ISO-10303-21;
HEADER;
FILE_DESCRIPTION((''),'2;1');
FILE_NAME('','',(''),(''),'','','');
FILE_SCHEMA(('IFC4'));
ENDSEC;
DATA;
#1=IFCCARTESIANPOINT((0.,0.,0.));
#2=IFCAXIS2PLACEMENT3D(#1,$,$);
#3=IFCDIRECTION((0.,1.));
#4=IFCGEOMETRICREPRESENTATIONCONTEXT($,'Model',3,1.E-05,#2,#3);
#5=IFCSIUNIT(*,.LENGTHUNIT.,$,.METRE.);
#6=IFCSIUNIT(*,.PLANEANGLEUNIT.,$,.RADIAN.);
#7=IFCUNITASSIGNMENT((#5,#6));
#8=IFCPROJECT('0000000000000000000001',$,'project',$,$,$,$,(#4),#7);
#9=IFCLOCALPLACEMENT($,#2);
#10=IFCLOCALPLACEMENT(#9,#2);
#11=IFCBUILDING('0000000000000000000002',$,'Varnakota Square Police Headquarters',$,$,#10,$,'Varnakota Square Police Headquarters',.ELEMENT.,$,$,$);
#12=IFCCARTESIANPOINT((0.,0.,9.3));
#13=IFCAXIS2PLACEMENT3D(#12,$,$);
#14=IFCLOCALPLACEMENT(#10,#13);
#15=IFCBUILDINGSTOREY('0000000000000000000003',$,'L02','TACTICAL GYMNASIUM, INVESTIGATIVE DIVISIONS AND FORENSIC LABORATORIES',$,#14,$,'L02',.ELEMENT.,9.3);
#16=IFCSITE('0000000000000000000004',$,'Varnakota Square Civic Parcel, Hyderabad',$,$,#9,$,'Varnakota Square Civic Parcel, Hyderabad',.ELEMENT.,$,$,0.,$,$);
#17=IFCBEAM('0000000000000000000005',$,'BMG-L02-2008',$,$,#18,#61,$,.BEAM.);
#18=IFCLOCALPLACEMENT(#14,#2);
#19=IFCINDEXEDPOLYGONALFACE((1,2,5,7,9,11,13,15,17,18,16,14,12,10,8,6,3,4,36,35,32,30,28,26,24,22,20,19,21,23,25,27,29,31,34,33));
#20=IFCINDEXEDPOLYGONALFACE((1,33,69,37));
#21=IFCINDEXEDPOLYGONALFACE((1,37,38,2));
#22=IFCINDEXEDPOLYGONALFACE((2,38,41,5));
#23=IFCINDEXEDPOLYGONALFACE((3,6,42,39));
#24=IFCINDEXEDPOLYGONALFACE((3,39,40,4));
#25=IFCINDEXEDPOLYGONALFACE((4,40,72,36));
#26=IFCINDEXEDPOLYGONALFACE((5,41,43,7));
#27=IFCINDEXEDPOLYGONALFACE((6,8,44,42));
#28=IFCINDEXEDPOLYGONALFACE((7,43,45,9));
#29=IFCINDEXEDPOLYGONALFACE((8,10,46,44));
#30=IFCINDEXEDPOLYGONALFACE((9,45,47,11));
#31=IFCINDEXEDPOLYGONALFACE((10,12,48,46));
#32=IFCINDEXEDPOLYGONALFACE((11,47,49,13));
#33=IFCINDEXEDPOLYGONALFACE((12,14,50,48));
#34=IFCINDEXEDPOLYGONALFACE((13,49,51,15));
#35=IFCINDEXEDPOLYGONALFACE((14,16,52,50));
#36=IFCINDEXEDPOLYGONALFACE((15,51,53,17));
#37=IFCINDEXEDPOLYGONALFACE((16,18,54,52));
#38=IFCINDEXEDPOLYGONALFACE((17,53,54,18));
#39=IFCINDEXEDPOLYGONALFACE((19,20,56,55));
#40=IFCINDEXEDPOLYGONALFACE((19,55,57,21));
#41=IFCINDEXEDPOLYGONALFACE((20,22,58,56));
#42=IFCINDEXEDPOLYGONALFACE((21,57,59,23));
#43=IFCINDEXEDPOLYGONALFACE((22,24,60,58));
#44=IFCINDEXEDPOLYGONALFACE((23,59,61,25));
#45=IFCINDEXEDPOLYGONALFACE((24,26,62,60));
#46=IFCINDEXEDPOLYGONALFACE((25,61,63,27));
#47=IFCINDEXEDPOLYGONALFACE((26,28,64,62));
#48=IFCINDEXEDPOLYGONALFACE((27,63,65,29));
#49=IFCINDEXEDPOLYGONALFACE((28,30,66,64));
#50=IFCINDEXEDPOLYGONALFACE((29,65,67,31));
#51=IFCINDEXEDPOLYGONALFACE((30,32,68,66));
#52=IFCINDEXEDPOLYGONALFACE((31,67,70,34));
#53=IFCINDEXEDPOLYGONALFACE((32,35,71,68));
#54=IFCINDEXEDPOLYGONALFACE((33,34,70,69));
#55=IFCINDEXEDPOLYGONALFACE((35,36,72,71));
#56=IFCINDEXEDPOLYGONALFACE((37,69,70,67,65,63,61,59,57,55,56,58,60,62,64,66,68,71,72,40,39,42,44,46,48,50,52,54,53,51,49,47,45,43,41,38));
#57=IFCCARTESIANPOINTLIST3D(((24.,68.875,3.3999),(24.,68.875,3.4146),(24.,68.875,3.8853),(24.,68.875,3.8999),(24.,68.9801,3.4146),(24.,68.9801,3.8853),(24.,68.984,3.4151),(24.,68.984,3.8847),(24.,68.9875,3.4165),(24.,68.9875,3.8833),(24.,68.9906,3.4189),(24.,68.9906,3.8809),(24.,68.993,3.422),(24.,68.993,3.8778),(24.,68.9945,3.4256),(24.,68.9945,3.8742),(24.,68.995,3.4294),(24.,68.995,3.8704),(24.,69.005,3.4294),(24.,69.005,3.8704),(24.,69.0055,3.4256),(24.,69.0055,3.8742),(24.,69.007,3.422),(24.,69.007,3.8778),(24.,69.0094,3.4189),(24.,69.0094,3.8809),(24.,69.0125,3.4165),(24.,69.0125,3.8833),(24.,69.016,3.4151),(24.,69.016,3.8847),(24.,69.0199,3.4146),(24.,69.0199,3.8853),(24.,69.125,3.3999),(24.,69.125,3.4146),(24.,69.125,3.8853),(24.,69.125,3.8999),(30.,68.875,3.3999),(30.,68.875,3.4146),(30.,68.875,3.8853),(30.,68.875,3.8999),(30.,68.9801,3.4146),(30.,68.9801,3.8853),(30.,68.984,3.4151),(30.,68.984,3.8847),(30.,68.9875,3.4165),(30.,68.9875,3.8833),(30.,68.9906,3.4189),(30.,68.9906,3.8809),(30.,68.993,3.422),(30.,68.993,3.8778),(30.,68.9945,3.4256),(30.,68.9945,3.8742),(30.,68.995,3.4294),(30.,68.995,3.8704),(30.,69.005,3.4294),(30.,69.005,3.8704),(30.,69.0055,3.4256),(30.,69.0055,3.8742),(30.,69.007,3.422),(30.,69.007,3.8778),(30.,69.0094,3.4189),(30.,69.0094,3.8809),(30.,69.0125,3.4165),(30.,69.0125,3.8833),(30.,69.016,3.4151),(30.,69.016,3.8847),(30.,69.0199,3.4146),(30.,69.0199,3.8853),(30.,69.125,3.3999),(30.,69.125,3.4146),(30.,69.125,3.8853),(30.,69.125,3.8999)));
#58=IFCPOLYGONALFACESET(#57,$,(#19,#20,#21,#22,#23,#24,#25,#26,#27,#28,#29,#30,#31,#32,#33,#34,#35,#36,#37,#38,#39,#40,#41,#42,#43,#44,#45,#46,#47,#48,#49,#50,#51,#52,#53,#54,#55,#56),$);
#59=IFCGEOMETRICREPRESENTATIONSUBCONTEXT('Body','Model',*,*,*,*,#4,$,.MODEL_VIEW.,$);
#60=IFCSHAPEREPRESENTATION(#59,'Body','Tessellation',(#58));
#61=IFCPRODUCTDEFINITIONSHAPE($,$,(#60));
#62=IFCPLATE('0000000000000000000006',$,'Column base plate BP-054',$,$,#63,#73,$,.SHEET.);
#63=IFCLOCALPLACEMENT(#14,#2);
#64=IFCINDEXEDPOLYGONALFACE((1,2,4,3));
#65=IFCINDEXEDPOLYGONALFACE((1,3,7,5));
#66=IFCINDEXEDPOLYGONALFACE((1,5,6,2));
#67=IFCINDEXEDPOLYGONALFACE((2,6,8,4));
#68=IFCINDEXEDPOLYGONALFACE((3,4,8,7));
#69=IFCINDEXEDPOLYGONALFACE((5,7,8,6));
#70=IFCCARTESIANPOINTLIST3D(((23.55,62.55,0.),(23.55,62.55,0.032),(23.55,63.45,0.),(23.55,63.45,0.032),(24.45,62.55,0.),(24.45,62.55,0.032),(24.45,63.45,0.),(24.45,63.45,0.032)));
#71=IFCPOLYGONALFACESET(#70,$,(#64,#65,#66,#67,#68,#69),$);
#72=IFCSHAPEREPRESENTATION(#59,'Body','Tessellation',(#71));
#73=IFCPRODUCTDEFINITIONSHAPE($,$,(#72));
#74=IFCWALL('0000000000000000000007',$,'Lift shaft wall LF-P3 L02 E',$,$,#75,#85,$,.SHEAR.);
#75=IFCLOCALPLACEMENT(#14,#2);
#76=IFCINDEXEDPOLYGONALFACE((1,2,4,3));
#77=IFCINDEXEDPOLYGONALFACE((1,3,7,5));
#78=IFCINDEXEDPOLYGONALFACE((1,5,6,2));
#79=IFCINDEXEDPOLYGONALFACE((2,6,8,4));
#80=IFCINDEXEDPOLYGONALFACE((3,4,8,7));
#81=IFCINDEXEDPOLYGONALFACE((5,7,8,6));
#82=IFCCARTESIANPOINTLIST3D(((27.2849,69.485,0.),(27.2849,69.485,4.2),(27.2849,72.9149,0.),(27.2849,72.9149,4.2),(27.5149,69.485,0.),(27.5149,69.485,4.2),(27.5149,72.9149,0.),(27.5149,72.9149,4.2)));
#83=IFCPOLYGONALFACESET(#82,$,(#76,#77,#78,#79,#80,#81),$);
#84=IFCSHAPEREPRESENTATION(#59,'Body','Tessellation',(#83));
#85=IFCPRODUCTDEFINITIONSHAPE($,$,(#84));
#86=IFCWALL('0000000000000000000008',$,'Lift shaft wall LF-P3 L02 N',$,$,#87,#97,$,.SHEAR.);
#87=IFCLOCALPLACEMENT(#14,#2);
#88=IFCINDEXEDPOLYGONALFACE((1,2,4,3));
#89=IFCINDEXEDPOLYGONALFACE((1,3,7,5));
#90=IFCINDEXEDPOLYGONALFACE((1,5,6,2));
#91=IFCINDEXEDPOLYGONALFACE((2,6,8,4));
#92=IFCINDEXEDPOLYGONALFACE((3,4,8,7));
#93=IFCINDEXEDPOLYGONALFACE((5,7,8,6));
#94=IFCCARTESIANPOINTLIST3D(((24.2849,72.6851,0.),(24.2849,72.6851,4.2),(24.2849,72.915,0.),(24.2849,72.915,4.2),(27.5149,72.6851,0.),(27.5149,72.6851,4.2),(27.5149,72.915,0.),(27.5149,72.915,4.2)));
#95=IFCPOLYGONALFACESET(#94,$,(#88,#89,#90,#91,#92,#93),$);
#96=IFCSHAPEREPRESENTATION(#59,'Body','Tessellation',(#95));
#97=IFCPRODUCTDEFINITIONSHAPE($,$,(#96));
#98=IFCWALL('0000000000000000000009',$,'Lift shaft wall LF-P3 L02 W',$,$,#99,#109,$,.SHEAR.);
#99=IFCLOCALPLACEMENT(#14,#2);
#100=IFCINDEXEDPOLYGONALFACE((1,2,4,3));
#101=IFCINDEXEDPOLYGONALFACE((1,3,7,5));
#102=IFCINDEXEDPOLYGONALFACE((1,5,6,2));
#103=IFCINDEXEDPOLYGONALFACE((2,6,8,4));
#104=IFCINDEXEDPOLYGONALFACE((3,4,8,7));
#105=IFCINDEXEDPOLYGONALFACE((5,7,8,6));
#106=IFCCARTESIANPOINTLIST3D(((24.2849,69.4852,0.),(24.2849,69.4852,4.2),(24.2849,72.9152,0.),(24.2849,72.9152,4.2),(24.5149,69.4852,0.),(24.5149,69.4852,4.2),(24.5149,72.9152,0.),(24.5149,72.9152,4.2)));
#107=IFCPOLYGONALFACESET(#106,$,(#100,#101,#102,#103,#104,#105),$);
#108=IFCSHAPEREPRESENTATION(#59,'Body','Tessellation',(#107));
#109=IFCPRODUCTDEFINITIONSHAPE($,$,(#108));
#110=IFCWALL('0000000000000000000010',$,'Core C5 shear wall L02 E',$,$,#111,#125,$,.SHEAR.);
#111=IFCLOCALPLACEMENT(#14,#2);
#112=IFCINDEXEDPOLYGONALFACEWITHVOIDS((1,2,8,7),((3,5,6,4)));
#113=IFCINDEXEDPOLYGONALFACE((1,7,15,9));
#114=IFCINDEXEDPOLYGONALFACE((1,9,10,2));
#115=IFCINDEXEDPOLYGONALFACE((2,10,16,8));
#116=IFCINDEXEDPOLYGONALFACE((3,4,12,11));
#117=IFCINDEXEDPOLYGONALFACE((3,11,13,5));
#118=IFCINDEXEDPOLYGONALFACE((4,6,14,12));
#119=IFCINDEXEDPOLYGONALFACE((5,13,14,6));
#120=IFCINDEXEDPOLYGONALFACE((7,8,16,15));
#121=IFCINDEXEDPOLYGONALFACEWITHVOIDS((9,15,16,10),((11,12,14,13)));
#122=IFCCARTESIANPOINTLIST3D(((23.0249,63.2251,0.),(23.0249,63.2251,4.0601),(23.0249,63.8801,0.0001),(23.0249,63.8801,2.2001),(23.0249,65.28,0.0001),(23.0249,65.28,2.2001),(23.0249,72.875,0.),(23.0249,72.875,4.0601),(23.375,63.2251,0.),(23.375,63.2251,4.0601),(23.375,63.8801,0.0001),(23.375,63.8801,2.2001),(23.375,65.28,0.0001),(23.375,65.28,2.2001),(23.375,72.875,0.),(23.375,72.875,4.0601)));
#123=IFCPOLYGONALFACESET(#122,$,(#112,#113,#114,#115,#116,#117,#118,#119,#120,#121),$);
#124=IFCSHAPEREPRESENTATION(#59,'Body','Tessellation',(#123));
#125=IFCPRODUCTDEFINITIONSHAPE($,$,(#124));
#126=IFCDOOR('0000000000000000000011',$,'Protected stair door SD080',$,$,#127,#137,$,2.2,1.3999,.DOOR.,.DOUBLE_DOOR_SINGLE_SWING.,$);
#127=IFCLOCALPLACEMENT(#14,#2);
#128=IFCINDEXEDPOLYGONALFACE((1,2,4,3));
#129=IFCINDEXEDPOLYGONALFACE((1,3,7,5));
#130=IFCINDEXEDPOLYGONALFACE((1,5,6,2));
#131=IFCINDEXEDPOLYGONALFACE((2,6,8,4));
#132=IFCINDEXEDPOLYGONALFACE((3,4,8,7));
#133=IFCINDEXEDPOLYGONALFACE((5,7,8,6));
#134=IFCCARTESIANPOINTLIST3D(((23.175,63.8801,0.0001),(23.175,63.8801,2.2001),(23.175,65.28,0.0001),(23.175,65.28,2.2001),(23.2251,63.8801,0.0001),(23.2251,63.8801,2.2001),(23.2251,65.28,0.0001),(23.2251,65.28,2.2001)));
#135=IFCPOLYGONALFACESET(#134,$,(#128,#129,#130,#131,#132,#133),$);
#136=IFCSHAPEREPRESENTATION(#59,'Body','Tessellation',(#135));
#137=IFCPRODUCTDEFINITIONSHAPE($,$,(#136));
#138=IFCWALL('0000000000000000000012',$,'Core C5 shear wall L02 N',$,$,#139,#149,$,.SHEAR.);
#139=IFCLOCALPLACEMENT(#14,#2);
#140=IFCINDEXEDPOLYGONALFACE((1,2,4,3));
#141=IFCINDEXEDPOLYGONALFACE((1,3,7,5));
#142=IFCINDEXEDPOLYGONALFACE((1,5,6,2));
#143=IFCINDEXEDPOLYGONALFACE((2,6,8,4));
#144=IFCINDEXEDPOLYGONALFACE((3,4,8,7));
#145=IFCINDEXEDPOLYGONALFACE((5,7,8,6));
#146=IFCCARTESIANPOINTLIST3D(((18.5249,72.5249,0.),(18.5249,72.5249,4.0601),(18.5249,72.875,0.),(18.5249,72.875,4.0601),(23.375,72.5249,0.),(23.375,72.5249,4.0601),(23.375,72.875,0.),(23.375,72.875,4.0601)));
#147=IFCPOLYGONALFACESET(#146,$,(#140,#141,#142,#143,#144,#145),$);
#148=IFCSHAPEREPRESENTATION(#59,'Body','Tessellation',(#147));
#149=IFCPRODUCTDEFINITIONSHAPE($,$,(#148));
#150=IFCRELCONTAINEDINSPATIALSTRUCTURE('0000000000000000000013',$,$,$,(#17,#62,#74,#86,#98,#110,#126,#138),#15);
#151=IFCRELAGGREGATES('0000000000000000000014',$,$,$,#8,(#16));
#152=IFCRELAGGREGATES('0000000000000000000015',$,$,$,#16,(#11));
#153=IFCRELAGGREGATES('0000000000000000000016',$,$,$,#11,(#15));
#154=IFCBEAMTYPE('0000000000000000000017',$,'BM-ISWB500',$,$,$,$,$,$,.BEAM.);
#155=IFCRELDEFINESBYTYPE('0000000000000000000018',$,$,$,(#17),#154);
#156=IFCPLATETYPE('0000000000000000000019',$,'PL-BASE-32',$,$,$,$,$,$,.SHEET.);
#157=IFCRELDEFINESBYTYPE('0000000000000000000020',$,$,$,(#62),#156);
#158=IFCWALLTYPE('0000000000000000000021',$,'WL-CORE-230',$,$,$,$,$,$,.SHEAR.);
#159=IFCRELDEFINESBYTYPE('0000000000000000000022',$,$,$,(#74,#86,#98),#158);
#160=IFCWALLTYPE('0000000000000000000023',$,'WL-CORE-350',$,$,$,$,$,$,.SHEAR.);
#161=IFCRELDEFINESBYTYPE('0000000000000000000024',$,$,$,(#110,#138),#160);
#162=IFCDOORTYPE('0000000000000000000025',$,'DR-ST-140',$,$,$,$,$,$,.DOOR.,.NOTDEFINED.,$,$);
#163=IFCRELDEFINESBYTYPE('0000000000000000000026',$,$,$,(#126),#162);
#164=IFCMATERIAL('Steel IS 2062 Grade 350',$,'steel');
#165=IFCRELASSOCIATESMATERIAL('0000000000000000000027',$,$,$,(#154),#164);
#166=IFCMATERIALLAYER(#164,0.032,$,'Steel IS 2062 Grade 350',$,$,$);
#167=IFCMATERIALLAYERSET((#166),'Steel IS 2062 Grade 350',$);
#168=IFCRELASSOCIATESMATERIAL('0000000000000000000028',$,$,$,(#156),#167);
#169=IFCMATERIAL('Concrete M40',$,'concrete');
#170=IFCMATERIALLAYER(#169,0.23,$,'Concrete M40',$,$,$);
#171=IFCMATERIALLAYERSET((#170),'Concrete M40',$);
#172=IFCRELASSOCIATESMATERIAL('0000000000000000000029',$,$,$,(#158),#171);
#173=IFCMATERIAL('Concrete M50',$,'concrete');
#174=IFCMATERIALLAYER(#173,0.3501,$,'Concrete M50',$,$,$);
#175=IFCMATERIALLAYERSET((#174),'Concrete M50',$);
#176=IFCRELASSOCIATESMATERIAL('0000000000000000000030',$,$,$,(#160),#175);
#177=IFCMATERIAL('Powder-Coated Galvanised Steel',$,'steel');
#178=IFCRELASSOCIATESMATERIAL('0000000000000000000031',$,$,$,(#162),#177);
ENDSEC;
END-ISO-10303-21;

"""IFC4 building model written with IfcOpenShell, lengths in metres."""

from ifc_helpers import new_model, si_unit, direction, frame, frame_2d, origin, origin_2d, place, context, subcontext, project, spatial, rectangle, i_section, extrude, material, layer, layer_set, material_profile, profile_set, type_object, element, fill, save


model = new_model("IFC4")

# Units and contexts
model_context = context("Model", 3, precision=1e-05, world=origin(), true_north=direction((0.0, 1.0)))
body_context = subcontext(model_context, "Body", "Model", "MODEL_VIEW")
ifc_project = project(units=[si_unit("LENGTHUNIT", "METRE"), si_unit("PLANEANGLEUNIT", "RADIAN")], contexts=[model_context])

# Site, building, storey
site_placement = place(None, origin())
site = spatial("IfcSite", under=ifc_project, at=site_placement, Name="Varnakota Square Civic Parcel, Hyderabad", LongName="Varnakota Square Civic Parcel, Hyderabad", CompositionType="ELEMENT", RefElevation=0.0)
building_placement = place(site_placement, origin())
building = spatial("IfcBuilding", under=site, at=building_placement, Name="Varnakota Square Police Headquarters", LongName="Varnakota Square Police Headquarters", CompositionType="ELEMENT")
storey_placement = place(building_placement, frame((0.0, 0.0, 9.3)))
storey = spatial("IfcBuildingStorey", under=building, at=storey_placement, Name="L02", Description="TACTICAL GYMNASIUM, INVESTIGATIVE DIVISIONS AND FORENSIC LABORATORIES", LongName="L02", CompositionType="ELEMENT", Elevation=9.3)

# Shared definitions
ifc_material_1 = material(Name="Steel IS 2062 Grade 350", Category="steel")

# Beam
ifc_material_profile_1 = material_profile(ifc_material_1, i_section(OverallWidth=0.25, OverallDepth=0.5, WebThickness=0.01, FlangeThickness=0.0146, FilletRadius=0.0149, at=origin_2d()), Name="ISWB 500")
ifc_profile_set_1 = profile_set([ifc_material_profile_1], Name="Steel IS 2062 Grade 350")
beam_type_1 = type_object("IfcBeamType", Name="BM-ISWB500", PredefinedType="BEAM", material=ifc_profile_set_1)
for number, where, z_axis, x_axis, name in (
    (1, (24.0, 69.0, 3.6499), (1.0, 0.0, 0.0), (0.0, 1.0, 0.0), "BMG-L02-2008"),
):
    element("IfcBeam", number, at=place(storey_placement, frame(where, z_axis=z_axis, x_axis=x_axis)), inside=storey, type_object=beam_type_1, Name=name, PredefinedType="BEAM", context=body_context, shape_type="SweptSolid", body=[
        extrude(i_section(OverallWidth=0.25, OverallDepth=0.5, WebThickness=0.01, FlangeThickness=0.0146, FilletRadius=0.0149, at=origin_2d()), origin(), (0.0, 0.0, 1.0), 6.0),
    ])

# Plate
ifc_layer_1 = layer(ifc_material_1, 0.032, Name="Steel IS 2062 Grade 350")
ifc_layer_set_1 = layer_set([ifc_layer_1], Name="Steel IS 2062 Grade 350")
plate_type = type_object("IfcPlateType", Name="PL-BASE-32", PredefinedType="SHEET", material=ifc_layer_set_1)
plate_placement = place(storey_placement, frame((24.0, 63.0, 0.0), z_axis=(0.0, 0.0, 1.0), x_axis=(1.0, 0.0, 0.0)))
element("IfcPlate", 2, at=plate_placement, inside=storey, type_object=plate_type, Name="Column base plate BP-054", PredefinedType="SHEET", context=body_context, shape_type="SweptSolid", body=[
    extrude(rectangle(XDim=0.8999, YDim=0.8999, at=origin_2d()), origin(), (0.0, 0.0, 1.0), 0.032),
])

# Shared definitions
ifc_material_2 = material(Name="Concrete M40", Category="concrete")
ifc_layer_2 = layer(ifc_material_2, 0.23, Name="Concrete M40")
ifc_layer_set_2 = layer_set([ifc_layer_2], Name="Concrete M40")
wall_type_1 = type_object("IfcWallType", Name="WL-CORE-230", PredefinedType="SHEAR", material=ifc_layer_set_2)

# Walls
wall_1_placement = place(storey_placement, frame((27.3999, 69.4851, 0.0), z_axis=(0.0, 0.0, 1.0), x_axis=(0.0, 1.0, 0.0)))
element("IfcWall", 3, at=wall_1_placement, inside=storey, type_object=wall_type_1, Name="Lift shaft wall LF-P3 L02 E", PredefinedType="SHEAR", context=body_context, shape_type="SweptSolid", body=[
    extrude(rectangle(XDim=3.4299, YDim=0.23, at=frame_2d((1.7148, 0.0))), origin(), (0.0, 0.0, 1.0), 4.2),
])
wall_2_placement = place(storey_placement, frame((27.5149, 72.8, 0.0), z_axis=(0.0, 0.0, 1.0), x_axis=(-1.0, 0.0, 0.0)))
element("IfcWall", 4, at=wall_2_placement, inside=storey, type_object=wall_type_1, Name="Lift shaft wall LF-P3 L02 N", PredefinedType="SHEAR", context=body_context, shape_type="SweptSolid", body=[
    extrude(rectangle(XDim=3.23, YDim=0.23, at=frame_2d((1.615, 0.0))), origin(), (0.0, 0.0, 1.0), 4.2),
])
wall_3_placement = place(storey_placement, frame((24.3999, 72.915, 0.0), z_axis=(0.0, 0.0, 1.0), x_axis=(0.0, -1.0, 0.0)))
element("IfcWall", 5, at=wall_3_placement, inside=storey, type_object=wall_type_1, Name="Lift shaft wall LF-P3 L02 W", PredefinedType="SHEAR", context=body_context, shape_type="SweptSolid", body=[
    extrude(rectangle(XDim=3.4299, YDim=0.23, at=frame_2d((1.7148, 0.0))), origin(), (0.0, 0.0, 1.0), 4.2),
])

# Wall, opening, door
ifc_material_3 = material(Name="Concrete M50", Category="concrete")
ifc_layer_3 = layer(ifc_material_3, 0.3501, Name="Concrete M50")
ifc_layer_set_3 = layer_set([ifc_layer_3], Name="Concrete M50")
wall_type_2 = type_object("IfcWallType", Name="WL-CORE-350", PredefinedType="SHEAR", material=ifc_layer_set_3)
wall_4_placement = place(storey_placement, frame((23.2, 63.2251, 0.0), z_axis=(0.0, 0.0, 1.0), x_axis=(0.0, 1.0, 0.0)))
wall_4 = element("IfcWall", 6, at=wall_4_placement, inside=storey, type_object=wall_type_2, Name="Core C5 shear wall L02 E", PredefinedType="SHEAR", context=body_context, shape_type="SweptSolid", body=[
    extrude(rectangle(XDim=9.6499, YDim=0.3501, at=frame_2d((4.825, 0.0))), origin(), (0.0, 0.0, 1.0), 4.0601),
])
opening_1_placement = place(wall_4_placement, frame((0.655, 0.0, 0.0)))
opening_1 = element("IfcOpeningElement", 7, at=opening_1_placement, cuts=wall_4, PredefinedType="OPENING", context=body_context, shape_type="SweptSolid", body=[
    extrude(rectangle(XDim=1.3999, YDim=2.2, at=frame_2d((0.7, 1.1001))), frame((0.0, 0.1851, 0.0), z_axis=(0.0, -1.0, 0.0), x_axis=(1.0, 0.0, 0.0)), (0.0, 0.0, 1.0), 0.3701),
])
ifc_material_4 = material(Name="Powder-Coated Galvanised Steel", Category="steel")
door_type_1 = type_object("IfcDoorType", Name="DR-ST-140", OperationType="NOTDEFINED", PredefinedType="DOOR", material=ifc_material_4)
door_1_placement = place(opening_1_placement, origin())
door_1 = element("IfcDoor", 8, at=door_1_placement, inside=storey, type_object=door_type_1, Name="Protected stair door SD080", OperationType="DOUBLE_DOOR_SINGLE_SWING", OverallHeight=2.2, OverallWidth=1.3999, PredefinedType="DOOR", context=body_context, shape_type="SweptSolid", body=[
    extrude(rectangle(XDim=1.3999, YDim=2.2, at=frame_2d((0.7, 1.1001))), frame((0.0, 0.0249, 0.0), z_axis=(0.0, -1.0, 0.0), x_axis=(1.0, 0.0, 0.0)), (0.0, 0.0, 1.0), 0.05),
])
fill(opening_1, door_1)

# Wall
wall_5_placement = place(storey_placement, frame((23.375, 72.7, 0.0), z_axis=(0.0, 0.0, 1.0), x_axis=(-1.0, 0.0, 0.0)))
element("IfcWall", 9, at=wall_5_placement, inside=storey, type_object=wall_type_2, Name="Core C5 shear wall L02 N", PredefinedType="SHEAR", context=body_context, shape_type="SweptSolid", body=[
    extrude(rectangle(XDim=4.8501, YDim=0.3501, at=frame_2d((2.425, 0.0))), origin(), (0.0, 0.0, 1.0), 4.0601),
])

save(model, "model.ifc")
